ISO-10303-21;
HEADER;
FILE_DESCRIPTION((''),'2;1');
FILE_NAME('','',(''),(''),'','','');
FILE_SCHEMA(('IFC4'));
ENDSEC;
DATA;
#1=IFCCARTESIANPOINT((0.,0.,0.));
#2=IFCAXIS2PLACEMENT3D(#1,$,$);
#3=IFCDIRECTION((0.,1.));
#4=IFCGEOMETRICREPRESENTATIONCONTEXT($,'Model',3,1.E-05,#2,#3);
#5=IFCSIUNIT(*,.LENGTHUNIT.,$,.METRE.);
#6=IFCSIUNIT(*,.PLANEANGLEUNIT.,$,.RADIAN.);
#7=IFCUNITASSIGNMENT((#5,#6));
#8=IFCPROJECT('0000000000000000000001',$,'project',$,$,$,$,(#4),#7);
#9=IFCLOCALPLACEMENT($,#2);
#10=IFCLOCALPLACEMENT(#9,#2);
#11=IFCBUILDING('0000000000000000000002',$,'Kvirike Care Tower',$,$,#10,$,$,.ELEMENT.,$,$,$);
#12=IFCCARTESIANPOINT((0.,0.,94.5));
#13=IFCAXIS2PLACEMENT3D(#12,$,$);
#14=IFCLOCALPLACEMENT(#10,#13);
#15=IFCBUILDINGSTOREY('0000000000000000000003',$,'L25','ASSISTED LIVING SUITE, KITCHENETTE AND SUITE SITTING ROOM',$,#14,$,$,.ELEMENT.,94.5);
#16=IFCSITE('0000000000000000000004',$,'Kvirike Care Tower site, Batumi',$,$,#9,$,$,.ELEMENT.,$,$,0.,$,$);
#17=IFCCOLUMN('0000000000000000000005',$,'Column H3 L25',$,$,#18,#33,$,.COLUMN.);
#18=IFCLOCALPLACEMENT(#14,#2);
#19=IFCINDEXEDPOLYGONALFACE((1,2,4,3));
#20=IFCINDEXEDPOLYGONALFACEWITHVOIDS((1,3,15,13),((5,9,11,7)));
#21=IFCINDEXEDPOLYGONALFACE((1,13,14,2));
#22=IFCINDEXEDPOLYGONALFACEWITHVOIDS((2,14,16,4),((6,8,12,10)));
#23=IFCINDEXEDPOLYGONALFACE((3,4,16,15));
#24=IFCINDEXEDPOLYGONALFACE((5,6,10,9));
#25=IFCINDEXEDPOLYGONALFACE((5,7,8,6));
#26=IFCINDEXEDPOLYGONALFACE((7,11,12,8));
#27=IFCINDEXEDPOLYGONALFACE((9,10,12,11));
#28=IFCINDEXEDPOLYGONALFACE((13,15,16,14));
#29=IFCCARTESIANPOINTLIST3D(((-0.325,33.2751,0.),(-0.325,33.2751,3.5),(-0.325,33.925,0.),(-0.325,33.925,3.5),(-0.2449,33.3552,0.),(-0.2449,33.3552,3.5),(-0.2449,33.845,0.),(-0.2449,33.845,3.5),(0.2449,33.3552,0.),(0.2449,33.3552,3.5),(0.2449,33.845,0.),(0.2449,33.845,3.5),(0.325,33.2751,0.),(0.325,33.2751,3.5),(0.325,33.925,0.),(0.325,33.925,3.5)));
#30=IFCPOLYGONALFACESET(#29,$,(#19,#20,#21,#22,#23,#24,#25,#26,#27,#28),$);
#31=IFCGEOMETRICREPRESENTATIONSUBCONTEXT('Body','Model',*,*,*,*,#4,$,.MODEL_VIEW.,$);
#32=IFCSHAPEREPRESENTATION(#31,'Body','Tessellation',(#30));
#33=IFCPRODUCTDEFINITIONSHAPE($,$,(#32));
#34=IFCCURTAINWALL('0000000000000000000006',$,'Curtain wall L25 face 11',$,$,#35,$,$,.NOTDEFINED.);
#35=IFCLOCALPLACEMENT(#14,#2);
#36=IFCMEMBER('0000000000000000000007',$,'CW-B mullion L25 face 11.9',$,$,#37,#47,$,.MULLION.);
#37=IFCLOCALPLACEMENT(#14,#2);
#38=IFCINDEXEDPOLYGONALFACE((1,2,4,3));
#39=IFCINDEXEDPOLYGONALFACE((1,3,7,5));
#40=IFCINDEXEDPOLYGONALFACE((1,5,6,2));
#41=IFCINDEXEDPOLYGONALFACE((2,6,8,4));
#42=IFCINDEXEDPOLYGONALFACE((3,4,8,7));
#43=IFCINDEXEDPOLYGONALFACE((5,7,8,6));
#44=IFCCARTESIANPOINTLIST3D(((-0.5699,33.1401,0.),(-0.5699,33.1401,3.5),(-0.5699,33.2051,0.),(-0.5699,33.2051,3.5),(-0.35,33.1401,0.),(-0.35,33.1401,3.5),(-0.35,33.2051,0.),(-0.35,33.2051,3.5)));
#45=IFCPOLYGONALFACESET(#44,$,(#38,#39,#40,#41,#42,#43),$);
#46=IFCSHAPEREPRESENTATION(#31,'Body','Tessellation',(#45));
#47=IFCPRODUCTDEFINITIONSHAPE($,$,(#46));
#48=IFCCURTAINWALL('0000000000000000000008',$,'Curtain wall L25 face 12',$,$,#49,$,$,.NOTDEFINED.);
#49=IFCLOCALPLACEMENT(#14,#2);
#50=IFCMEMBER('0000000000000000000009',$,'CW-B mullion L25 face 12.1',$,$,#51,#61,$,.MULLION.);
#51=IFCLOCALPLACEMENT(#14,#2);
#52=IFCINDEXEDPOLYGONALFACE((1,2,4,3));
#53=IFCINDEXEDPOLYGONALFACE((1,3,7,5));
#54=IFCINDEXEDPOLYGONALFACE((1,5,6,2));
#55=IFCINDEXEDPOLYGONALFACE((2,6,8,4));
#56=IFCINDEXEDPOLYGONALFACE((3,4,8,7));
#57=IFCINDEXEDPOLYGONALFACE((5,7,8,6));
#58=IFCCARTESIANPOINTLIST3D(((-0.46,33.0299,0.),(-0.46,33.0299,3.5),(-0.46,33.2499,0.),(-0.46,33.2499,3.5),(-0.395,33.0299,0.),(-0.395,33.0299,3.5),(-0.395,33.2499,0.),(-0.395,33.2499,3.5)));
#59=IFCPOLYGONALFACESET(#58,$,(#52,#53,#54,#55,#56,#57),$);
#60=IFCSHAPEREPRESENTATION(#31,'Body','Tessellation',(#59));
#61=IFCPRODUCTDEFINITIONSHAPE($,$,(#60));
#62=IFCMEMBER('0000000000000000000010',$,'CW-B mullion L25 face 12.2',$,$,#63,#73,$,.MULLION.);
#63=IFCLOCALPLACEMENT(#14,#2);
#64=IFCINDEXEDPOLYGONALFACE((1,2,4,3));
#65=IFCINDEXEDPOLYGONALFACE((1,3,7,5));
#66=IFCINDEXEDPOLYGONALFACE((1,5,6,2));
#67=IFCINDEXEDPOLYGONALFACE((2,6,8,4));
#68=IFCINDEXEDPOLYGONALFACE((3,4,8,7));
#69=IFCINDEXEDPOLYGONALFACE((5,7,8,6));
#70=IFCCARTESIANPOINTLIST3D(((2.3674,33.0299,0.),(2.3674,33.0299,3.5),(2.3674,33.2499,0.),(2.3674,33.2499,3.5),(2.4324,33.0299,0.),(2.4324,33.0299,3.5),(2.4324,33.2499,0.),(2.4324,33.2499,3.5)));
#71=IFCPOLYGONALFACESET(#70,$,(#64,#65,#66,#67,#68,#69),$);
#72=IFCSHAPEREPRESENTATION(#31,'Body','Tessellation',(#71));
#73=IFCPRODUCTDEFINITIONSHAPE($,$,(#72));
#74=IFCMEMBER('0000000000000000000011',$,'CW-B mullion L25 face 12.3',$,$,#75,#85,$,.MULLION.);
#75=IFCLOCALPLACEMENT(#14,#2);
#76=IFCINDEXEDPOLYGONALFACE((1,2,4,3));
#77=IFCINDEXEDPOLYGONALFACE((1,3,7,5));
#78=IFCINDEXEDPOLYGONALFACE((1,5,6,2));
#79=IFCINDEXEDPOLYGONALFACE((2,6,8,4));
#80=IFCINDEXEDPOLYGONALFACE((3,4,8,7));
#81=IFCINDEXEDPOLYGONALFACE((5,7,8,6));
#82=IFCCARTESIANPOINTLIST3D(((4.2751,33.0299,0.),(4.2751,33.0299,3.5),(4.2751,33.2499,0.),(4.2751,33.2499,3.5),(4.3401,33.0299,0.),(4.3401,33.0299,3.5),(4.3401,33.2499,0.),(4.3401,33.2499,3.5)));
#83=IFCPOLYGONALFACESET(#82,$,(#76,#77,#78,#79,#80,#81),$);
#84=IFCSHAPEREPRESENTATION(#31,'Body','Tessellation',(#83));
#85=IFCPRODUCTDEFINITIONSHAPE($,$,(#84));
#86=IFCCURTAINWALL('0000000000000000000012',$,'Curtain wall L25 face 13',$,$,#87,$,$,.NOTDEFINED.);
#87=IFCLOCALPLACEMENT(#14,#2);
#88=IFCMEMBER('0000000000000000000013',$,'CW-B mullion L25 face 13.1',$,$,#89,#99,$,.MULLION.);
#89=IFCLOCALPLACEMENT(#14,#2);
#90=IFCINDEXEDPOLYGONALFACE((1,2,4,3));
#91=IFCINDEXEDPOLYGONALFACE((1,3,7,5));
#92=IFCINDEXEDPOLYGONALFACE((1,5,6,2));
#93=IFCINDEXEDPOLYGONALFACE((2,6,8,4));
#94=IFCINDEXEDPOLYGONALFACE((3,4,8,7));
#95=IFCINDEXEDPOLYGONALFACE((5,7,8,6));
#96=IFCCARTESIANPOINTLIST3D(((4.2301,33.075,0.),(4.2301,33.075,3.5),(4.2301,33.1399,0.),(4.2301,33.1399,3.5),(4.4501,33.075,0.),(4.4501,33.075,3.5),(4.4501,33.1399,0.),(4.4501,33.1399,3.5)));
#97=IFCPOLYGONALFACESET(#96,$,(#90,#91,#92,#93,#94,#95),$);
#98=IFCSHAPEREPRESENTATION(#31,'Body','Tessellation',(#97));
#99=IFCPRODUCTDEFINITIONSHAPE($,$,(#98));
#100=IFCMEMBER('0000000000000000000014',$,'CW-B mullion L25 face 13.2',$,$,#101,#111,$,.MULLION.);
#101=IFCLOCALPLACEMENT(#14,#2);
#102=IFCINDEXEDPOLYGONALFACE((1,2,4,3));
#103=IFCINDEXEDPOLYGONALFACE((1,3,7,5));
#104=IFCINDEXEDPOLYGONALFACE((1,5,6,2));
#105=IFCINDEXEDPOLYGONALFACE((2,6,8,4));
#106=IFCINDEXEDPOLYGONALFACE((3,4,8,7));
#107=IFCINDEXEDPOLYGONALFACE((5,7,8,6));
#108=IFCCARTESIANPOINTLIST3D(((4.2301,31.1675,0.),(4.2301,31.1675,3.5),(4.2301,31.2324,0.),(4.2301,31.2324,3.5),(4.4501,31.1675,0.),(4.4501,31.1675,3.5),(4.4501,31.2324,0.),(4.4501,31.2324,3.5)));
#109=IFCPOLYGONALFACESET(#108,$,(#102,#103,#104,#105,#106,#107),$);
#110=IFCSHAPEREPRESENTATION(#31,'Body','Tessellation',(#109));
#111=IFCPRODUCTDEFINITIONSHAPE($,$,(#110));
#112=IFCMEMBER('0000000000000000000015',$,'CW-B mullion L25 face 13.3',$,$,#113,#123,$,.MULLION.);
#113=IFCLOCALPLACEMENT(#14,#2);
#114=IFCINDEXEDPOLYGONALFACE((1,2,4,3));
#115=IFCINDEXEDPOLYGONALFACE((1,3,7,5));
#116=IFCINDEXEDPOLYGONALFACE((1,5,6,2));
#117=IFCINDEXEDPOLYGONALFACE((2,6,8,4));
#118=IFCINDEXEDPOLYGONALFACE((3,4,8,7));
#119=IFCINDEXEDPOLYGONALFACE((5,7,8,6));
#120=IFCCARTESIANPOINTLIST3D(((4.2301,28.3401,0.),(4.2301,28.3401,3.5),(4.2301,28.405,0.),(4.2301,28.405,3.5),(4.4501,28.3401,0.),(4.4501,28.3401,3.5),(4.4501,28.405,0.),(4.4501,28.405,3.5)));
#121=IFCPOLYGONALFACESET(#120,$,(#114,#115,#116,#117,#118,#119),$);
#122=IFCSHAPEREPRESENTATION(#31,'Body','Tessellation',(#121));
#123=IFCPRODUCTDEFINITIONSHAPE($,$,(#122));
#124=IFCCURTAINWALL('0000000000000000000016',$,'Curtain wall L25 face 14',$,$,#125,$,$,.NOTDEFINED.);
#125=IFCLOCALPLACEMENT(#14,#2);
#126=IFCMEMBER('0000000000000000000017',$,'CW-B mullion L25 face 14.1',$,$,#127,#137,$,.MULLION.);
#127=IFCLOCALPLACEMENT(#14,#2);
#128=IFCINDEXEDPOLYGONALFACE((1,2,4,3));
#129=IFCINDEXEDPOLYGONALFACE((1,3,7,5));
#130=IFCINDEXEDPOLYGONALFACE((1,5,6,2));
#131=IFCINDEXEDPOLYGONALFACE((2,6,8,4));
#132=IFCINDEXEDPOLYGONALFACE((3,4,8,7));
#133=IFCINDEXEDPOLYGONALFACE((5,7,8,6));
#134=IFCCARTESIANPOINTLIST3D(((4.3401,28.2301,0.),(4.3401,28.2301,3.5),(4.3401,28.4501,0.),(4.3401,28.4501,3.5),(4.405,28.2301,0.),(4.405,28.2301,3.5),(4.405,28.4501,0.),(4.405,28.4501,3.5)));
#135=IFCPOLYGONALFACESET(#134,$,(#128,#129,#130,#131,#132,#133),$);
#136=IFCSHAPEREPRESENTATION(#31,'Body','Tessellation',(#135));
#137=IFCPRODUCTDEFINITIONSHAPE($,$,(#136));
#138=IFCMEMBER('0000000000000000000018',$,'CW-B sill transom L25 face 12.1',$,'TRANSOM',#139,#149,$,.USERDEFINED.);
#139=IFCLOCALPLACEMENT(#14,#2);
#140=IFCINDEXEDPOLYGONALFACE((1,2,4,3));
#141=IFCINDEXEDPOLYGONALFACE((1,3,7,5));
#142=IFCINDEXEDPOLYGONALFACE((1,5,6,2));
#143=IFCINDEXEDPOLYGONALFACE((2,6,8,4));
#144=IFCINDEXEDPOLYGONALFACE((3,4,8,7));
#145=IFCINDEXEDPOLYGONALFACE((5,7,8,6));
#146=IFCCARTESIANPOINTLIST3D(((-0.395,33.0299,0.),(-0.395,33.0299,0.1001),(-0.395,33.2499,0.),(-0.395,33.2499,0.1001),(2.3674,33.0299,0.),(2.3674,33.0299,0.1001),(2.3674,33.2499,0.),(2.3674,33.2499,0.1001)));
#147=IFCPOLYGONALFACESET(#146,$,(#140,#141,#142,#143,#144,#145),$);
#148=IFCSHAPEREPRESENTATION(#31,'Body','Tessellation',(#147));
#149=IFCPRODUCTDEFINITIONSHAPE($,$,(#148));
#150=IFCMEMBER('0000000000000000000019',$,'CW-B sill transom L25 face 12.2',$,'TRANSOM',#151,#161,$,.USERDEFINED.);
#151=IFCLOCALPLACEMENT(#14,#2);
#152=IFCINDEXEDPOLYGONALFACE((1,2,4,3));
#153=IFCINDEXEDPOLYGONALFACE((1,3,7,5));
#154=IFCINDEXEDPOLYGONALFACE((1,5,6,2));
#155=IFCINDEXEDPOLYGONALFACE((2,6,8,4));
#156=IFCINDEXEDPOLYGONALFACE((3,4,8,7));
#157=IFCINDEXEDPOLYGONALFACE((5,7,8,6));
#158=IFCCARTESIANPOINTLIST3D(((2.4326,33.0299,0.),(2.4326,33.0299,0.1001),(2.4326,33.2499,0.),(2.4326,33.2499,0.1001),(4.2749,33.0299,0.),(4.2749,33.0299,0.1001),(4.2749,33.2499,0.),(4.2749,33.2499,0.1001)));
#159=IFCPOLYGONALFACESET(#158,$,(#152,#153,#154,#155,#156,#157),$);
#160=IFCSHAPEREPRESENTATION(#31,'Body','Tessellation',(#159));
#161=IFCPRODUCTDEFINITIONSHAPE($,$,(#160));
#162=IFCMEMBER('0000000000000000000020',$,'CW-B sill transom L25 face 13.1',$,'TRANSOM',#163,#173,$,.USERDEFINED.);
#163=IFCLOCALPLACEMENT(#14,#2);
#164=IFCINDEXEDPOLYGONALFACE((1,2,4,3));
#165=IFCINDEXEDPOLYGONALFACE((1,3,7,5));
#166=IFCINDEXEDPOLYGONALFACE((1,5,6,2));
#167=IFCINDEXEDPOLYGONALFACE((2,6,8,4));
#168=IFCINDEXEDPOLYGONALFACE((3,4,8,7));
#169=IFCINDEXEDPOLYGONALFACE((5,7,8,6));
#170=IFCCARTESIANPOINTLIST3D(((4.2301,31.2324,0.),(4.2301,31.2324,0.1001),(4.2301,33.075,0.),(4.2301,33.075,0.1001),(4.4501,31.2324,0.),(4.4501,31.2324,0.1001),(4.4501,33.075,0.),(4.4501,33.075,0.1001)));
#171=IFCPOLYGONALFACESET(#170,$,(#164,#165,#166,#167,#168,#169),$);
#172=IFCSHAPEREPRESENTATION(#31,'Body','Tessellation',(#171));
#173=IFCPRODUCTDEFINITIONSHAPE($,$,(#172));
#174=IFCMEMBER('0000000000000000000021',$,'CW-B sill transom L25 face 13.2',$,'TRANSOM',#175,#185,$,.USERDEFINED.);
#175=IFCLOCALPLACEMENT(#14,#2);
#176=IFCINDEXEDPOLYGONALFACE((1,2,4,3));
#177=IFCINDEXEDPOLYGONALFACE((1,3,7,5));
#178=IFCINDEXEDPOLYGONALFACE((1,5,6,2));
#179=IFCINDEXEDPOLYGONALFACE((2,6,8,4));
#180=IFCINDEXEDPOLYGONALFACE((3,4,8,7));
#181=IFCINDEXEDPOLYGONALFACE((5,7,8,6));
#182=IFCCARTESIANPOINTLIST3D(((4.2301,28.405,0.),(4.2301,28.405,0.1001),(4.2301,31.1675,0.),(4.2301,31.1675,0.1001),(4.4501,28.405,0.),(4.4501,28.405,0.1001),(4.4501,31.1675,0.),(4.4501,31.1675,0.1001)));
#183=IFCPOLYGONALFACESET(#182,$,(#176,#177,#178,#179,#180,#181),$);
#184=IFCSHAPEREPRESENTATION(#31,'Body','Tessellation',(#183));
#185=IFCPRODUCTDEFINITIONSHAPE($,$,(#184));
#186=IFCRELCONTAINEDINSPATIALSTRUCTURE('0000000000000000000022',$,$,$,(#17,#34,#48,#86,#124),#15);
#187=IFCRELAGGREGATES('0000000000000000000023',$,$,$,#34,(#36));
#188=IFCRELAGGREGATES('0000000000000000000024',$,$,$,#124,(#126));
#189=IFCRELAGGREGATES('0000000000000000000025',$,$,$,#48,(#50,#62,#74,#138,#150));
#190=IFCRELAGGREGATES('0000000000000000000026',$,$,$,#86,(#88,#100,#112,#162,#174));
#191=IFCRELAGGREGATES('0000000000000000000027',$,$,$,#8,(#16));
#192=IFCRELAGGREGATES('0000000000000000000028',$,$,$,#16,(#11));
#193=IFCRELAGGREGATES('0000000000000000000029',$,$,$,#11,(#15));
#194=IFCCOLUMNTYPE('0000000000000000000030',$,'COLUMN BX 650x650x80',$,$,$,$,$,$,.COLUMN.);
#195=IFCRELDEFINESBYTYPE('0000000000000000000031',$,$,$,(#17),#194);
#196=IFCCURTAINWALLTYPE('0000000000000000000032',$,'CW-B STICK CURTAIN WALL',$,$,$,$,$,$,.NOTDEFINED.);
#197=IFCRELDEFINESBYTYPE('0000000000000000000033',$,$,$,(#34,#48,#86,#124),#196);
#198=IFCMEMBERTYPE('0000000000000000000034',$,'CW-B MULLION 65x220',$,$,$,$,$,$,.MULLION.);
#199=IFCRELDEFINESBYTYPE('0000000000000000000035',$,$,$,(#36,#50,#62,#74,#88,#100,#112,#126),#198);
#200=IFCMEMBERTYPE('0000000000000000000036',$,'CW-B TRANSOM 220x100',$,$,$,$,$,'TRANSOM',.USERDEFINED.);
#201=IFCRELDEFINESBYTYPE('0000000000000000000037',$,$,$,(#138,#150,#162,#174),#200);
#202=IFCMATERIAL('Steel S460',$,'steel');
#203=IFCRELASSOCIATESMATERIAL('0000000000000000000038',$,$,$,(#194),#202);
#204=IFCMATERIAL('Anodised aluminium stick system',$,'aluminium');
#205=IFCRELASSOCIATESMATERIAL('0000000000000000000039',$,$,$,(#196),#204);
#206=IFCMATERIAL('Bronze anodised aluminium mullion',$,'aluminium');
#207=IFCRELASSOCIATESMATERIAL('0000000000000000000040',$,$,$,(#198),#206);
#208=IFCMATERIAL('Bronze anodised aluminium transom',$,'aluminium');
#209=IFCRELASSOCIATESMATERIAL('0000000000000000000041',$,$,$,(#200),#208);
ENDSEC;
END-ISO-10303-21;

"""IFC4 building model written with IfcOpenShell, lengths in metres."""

from ifc_helpers import new_model, si_unit, direction, frame, origin, origin_2d, place, context, subcontext, project, spatial, rectangle, hollow_rectangle, extrude, material, material_profile, profile_set, type_object, element, aggregate, save


model = new_model("IFC4")

# Units and contexts
model_context = context("Model", 3, precision=1e-05, world=origin(), true_north=direction((0.0, 1.0)))
body_context = subcontext(model_context, "Body", "Model", "MODEL_VIEW")
ifc_project = project(units=[si_unit("LENGTHUNIT", "METRE"), si_unit("PLANEANGLEUNIT", "RADIAN")], contexts=[model_context])

# Site, building, storey
site_placement = place(None, origin())
site = spatial("IfcSite", under=ifc_project, at=site_placement, Name="Kvirike Care Tower site, Batumi", CompositionType="ELEMENT", RefElevation=0.0)
building_placement = place(site_placement, origin())
building = spatial("IfcBuilding", under=site, at=building_placement, Name="Kvirike Care Tower", CompositionType="ELEMENT")
storey_placement = place(building_placement, frame((0.0, 0.0, 94.5)))
storey = spatial("IfcBuildingStorey", under=building, at=storey_placement, Name="L25", Description="ASSISTED LIVING SUITE, KITCHENETTE AND SUITE SITTING ROOM", CompositionType="ELEMENT", Elevation=94.5)

# Column
ifc_material_1 = material(Name="Steel S460", Category="steel")
ifc_material_profile_1 = material_profile(ifc_material_1, hollow_rectangle(XDim=0.6499, YDim=0.6499, WallThickness=0.0801, at=origin_2d()), Name="BX 650x650x80")
ifc_profile_set_1 = profile_set([ifc_material_profile_1], Name="Steel S460")
column_type = type_object("IfcColumnType", Name="COLUMN BX 650x650x80", PredefinedType="COLUMN", material=ifc_profile_set_1)
column_placement = place(storey_placement, frame((0.0, 33.6001, 0.0), z_axis=(0.0, 0.0, 1.0), x_axis=(0.0, 1.0, 0.0)))
element("IfcColumn", 1, at=column_placement, inside=storey, type_object=column_type, Name="Column H3 L25", PredefinedType="COLUMN", context=body_context, shape_type="SweptSolid", body=[
    extrude(hollow_rectangle(XDim=0.6499, YDim=0.6499, WallThickness=0.0801, at=origin_2d()), origin(), (0.0, 0.0, 1.0), 3.5),
])

# Curtain wall, member
ifc_material_2 = material(Name="Anodised aluminium stick system", Category="aluminium")
curtain_wall_type = type_object("IfcCurtainWallType", Name="CW-B STICK CURTAIN WALL", PredefinedType="NOTDEFINED", material=ifc_material_2)
curtain_wall_1_placement = place(storey_placement, origin())
curtain_wall_1 = element("IfcCurtainWall", 2, at=curtain_wall_1_placement, inside=storey, type_object=curtain_wall_type, Name="Curtain wall L25 face 11", PredefinedType="NOTDEFINED")
ifc_material_3 = material(Name="Bronze anodised aluminium mullion", Category="aluminium")
ifc_material_profile_2 = material_profile(ifc_material_3, rectangle(XDim=0.0649, YDim=0.22, at=origin_2d()), Name="CW-B MULLION 65x220")
ifc_profile_set_2 = profile_set([ifc_material_profile_2], Name="Bronze anodised aluminium mullion")
member_type_1 = type_object("IfcMemberType", Name="CW-B MULLION 65x220", PredefinedType="MULLION", material=ifc_profile_set_2)
member_1_placement = place(storey_placement, frame((-0.46, 33.1726, 0.0), z_axis=(0.0, 0.0, 1.0), x_axis=(0.0, -1.0, 0.0)))
member_1 = element("IfcMember", 3, at=member_1_placement, type_object=member_type_1, Name="CW-B mullion L25 face 11.9", PredefinedType="MULLION", context=body_context, shape_type="SweptSolid", body=[
    extrude(rectangle(XDim=0.0649, YDim=0.22, at=origin_2d()), origin(), (0.0, 0.0, 1.0), 3.5),
])
aggregate(curtain_wall_1, [member_1])

# Curtain walls, members
curtain_wall_2_placement = place(storey_placement, origin())
curtain_wall_2 = element("IfcCurtainWall", 4, at=curtain_wall_2_placement, inside=storey, type_object=curtain_wall_type, Name="Curtain wall L25 face 12", PredefinedType="NOTDEFINED")
member_2_placement = place(storey_placement, frame((-0.4275, 33.1399, 0.0), z_axis=(0.0, 0.0, 1.0), x_axis=(1.0, 0.0, 0.0)))
member_2 = element("IfcMember", 5, at=member_2_placement, type_object=member_type_1, Name="CW-B mullion L25 face 12.1", PredefinedType="MULLION", context=body_context, shape_type="SweptSolid", body=[
    extrude(rectangle(XDim=0.0649, YDim=0.22, at=origin_2d()), origin(), (0.0, 0.0, 1.0), 3.5),
])
member_3_placement = place(storey_placement, frame((2.3999, 33.1399, 0.0), z_axis=(0.0, 0.0, 1.0), x_axis=(1.0, 0.0, 0.0)))
member_3 = element("IfcMember", 6, at=member_3_placement, type_object=member_type_1, Name="CW-B mullion L25 face 12.2", PredefinedType="MULLION", context=body_context, shape_type="SweptSolid", body=[
    extrude(rectangle(XDim=0.0649, YDim=0.22, at=origin_2d()), origin(), (0.0, 0.0, 1.0), 3.5),
])
member_4_placement = place(storey_placement, frame((4.3076, 33.1399, 0.0), z_axis=(0.0, 0.0, 1.0), x_axis=(1.0, 0.0, 0.0)))
member_4 = element("IfcMember", 7, at=member_4_placement, type_object=member_type_1, Name="CW-B mullion L25 face 12.3", PredefinedType="MULLION", context=body_context, shape_type="SweptSolid", body=[
    extrude(rectangle(XDim=0.0649, YDim=0.22, at=origin_2d()), origin(), (0.0, 0.0, 1.0), 3.5),
])
curtain_wall_3_placement = place(storey_placement, origin())
curtain_wall_3 = element("IfcCurtainWall", 8, at=curtain_wall_3_placement, inside=storey, type_object=curtain_wall_type, Name="Curtain wall L25 face 13", PredefinedType="NOTDEFINED")
member_5_placement = place(storey_placement, frame((4.3401, 33.1074, 0.0), z_axis=(0.0, 0.0, 1.0), x_axis=(0.0, -1.0, 0.0)))
member_5 = element("IfcMember", 9, at=member_5_placement, type_object=member_type_1, Name="CW-B mullion L25 face 13.1", PredefinedType="MULLION", context=body_context, shape_type="SweptSolid", body=[
    extrude(rectangle(XDim=0.0649, YDim=0.22, at=origin_2d()), origin(), (0.0, 0.0, 1.0), 3.5),
])
member_6_placement = place(storey_placement, frame((4.3401, 31.2, 0.0), z_axis=(0.0, 0.0, 1.0), x_axis=(0.0, -1.0, 0.0)))
member_6 = element("IfcMember", 10, at=member_6_placement, type_object=member_type_1, Name="CW-B mullion L25 face 13.2", PredefinedType="MULLION", context=body_context, shape_type="SweptSolid", body=[
    extrude(rectangle(XDim=0.0649, YDim=0.22, at=origin_2d()), origin(), (0.0, 0.0, 1.0), 3.5),
])
member_7_placement = place(storey_placement, frame((4.3401, 28.3726, 0.0), z_axis=(0.0, 0.0, 1.0), x_axis=(0.0, -1.0, 0.0)))
member_7 = element("IfcMember", 11, at=member_7_placement, type_object=member_type_1, Name="CW-B mullion L25 face 13.3", PredefinedType="MULLION", context=body_context, shape_type="SweptSolid", body=[
    extrude(rectangle(XDim=0.0649, YDim=0.22, at=origin_2d()), origin(), (0.0, 0.0, 1.0), 3.5),
])

# Curtain wall, member
curtain_wall_4_placement = place(storey_placement, origin())
curtain_wall_4 = element("IfcCurtainWall", 12, at=curtain_wall_4_placement, inside=storey, type_object=curtain_wall_type, Name="Curtain wall L25 face 14", PredefinedType="NOTDEFINED")
member_8_placement = place(storey_placement, frame((4.3726, 28.3401, 0.0), z_axis=(0.0, 0.0, 1.0), x_axis=(1.0, 0.0, 0.0)))
member_8 = element("IfcMember", 13, at=member_8_placement, type_object=member_type_1, Name="CW-B mullion L25 face 14.1", PredefinedType="MULLION", context=body_context, shape_type="SweptSolid", body=[
    extrude(rectangle(XDim=0.0649, YDim=0.22, at=origin_2d()), origin(), (0.0, 0.0, 1.0), 3.5),
])
aggregate(curtain_wall_4, [member_8])

# Members
ifc_material_4 = material(Name="Bronze anodised aluminium transom", Category="aluminium")
ifc_material_profile_3 = material_profile(ifc_material_4, rectangle(XDim=0.22, YDim=0.1001, at=origin_2d()), Name="CW-B TRANSOM 220x100")
ifc_profile_set_3 = profile_set([ifc_material_profile_3], Name="Bronze anodised aluminium transom")
member_type_2 = type_object("IfcMemberType", Name="CW-B TRANSOM 220x100", ElementType="TRANSOM", PredefinedType="USERDEFINED", material=ifc_profile_set_3)
member_9_placement = place(storey_placement, frame((-0.395, 33.1399, 0.05), z_axis=(1.0, 0.0, 0.0), x_axis=(0.0, 1.0, 0.0)))
member_9 = element("IfcMember", 14, at=member_9_placement, type_object=member_type_2, Name="CW-B sill transom L25 face 12.1", ObjectType="TRANSOM", PredefinedType="USERDEFINED", context=body_context, shape_type="SweptSolid", body=[
    extrude(rectangle(XDim=0.22, YDim=0.1001, at=origin_2d()), origin(), (0.0, 0.0, 1.0), 2.7625),
])
member_10_placement = place(storey_placement, frame((2.4326, 33.1399, 0.05), z_axis=(1.0, 0.0, 0.0), x_axis=(0.0, 1.0, 0.0)))
member_10 = element("IfcMember", 15, at=member_10_placement, type_object=member_type_2, Name="CW-B sill transom L25 face 12.2", ObjectType="TRANSOM", PredefinedType="USERDEFINED", context=body_context, shape_type="SweptSolid", body=[
    extrude(rectangle(XDim=0.22, YDim=0.1001, at=origin_2d()), origin(), (0.0, 0.0, 1.0), 1.8423),
])
member_11_placement = place(storey_placement, frame((4.3401, 33.075, 0.05), z_axis=(0.0, -1.0, 0.0), x_axis=(1.0, 0.0, 0.0)))
member_11 = element("IfcMember", 16, at=member_11_placement, type_object=member_type_2, Name="CW-B sill transom L25 face 13.1", ObjectType="TRANSOM", PredefinedType="USERDEFINED", context=body_context, shape_type="SweptSolid", body=[
    extrude(rectangle(XDim=0.22, YDim=0.1001, at=origin_2d()), origin(), (0.0, 0.0, 1.0), 1.8425),
])
member_12_placement = place(storey_placement, frame((4.3401, 31.1675, 0.05), z_axis=(0.0, -1.0, 0.0), x_axis=(1.0, 0.0, 0.0)))
member_12 = element("IfcMember", 17, at=member_12_placement, type_object=member_type_2, Name="CW-B sill transom L25 face 13.2", ObjectType="TRANSOM", PredefinedType="USERDEFINED", context=body_context, shape_type="SweptSolid", body=[
    extrude(rectangle(XDim=0.22, YDim=0.1001, at=origin_2d()), origin(), (0.0, 0.0, 1.0), 2.7625),
])

aggregate(curtain_wall_2, [member_2, member_3, member_4, member_9, member_10])
aggregate(curtain_wall_3, [member_5, member_6, member_7, member_11, member_12])

save(model, "model.ifc")
